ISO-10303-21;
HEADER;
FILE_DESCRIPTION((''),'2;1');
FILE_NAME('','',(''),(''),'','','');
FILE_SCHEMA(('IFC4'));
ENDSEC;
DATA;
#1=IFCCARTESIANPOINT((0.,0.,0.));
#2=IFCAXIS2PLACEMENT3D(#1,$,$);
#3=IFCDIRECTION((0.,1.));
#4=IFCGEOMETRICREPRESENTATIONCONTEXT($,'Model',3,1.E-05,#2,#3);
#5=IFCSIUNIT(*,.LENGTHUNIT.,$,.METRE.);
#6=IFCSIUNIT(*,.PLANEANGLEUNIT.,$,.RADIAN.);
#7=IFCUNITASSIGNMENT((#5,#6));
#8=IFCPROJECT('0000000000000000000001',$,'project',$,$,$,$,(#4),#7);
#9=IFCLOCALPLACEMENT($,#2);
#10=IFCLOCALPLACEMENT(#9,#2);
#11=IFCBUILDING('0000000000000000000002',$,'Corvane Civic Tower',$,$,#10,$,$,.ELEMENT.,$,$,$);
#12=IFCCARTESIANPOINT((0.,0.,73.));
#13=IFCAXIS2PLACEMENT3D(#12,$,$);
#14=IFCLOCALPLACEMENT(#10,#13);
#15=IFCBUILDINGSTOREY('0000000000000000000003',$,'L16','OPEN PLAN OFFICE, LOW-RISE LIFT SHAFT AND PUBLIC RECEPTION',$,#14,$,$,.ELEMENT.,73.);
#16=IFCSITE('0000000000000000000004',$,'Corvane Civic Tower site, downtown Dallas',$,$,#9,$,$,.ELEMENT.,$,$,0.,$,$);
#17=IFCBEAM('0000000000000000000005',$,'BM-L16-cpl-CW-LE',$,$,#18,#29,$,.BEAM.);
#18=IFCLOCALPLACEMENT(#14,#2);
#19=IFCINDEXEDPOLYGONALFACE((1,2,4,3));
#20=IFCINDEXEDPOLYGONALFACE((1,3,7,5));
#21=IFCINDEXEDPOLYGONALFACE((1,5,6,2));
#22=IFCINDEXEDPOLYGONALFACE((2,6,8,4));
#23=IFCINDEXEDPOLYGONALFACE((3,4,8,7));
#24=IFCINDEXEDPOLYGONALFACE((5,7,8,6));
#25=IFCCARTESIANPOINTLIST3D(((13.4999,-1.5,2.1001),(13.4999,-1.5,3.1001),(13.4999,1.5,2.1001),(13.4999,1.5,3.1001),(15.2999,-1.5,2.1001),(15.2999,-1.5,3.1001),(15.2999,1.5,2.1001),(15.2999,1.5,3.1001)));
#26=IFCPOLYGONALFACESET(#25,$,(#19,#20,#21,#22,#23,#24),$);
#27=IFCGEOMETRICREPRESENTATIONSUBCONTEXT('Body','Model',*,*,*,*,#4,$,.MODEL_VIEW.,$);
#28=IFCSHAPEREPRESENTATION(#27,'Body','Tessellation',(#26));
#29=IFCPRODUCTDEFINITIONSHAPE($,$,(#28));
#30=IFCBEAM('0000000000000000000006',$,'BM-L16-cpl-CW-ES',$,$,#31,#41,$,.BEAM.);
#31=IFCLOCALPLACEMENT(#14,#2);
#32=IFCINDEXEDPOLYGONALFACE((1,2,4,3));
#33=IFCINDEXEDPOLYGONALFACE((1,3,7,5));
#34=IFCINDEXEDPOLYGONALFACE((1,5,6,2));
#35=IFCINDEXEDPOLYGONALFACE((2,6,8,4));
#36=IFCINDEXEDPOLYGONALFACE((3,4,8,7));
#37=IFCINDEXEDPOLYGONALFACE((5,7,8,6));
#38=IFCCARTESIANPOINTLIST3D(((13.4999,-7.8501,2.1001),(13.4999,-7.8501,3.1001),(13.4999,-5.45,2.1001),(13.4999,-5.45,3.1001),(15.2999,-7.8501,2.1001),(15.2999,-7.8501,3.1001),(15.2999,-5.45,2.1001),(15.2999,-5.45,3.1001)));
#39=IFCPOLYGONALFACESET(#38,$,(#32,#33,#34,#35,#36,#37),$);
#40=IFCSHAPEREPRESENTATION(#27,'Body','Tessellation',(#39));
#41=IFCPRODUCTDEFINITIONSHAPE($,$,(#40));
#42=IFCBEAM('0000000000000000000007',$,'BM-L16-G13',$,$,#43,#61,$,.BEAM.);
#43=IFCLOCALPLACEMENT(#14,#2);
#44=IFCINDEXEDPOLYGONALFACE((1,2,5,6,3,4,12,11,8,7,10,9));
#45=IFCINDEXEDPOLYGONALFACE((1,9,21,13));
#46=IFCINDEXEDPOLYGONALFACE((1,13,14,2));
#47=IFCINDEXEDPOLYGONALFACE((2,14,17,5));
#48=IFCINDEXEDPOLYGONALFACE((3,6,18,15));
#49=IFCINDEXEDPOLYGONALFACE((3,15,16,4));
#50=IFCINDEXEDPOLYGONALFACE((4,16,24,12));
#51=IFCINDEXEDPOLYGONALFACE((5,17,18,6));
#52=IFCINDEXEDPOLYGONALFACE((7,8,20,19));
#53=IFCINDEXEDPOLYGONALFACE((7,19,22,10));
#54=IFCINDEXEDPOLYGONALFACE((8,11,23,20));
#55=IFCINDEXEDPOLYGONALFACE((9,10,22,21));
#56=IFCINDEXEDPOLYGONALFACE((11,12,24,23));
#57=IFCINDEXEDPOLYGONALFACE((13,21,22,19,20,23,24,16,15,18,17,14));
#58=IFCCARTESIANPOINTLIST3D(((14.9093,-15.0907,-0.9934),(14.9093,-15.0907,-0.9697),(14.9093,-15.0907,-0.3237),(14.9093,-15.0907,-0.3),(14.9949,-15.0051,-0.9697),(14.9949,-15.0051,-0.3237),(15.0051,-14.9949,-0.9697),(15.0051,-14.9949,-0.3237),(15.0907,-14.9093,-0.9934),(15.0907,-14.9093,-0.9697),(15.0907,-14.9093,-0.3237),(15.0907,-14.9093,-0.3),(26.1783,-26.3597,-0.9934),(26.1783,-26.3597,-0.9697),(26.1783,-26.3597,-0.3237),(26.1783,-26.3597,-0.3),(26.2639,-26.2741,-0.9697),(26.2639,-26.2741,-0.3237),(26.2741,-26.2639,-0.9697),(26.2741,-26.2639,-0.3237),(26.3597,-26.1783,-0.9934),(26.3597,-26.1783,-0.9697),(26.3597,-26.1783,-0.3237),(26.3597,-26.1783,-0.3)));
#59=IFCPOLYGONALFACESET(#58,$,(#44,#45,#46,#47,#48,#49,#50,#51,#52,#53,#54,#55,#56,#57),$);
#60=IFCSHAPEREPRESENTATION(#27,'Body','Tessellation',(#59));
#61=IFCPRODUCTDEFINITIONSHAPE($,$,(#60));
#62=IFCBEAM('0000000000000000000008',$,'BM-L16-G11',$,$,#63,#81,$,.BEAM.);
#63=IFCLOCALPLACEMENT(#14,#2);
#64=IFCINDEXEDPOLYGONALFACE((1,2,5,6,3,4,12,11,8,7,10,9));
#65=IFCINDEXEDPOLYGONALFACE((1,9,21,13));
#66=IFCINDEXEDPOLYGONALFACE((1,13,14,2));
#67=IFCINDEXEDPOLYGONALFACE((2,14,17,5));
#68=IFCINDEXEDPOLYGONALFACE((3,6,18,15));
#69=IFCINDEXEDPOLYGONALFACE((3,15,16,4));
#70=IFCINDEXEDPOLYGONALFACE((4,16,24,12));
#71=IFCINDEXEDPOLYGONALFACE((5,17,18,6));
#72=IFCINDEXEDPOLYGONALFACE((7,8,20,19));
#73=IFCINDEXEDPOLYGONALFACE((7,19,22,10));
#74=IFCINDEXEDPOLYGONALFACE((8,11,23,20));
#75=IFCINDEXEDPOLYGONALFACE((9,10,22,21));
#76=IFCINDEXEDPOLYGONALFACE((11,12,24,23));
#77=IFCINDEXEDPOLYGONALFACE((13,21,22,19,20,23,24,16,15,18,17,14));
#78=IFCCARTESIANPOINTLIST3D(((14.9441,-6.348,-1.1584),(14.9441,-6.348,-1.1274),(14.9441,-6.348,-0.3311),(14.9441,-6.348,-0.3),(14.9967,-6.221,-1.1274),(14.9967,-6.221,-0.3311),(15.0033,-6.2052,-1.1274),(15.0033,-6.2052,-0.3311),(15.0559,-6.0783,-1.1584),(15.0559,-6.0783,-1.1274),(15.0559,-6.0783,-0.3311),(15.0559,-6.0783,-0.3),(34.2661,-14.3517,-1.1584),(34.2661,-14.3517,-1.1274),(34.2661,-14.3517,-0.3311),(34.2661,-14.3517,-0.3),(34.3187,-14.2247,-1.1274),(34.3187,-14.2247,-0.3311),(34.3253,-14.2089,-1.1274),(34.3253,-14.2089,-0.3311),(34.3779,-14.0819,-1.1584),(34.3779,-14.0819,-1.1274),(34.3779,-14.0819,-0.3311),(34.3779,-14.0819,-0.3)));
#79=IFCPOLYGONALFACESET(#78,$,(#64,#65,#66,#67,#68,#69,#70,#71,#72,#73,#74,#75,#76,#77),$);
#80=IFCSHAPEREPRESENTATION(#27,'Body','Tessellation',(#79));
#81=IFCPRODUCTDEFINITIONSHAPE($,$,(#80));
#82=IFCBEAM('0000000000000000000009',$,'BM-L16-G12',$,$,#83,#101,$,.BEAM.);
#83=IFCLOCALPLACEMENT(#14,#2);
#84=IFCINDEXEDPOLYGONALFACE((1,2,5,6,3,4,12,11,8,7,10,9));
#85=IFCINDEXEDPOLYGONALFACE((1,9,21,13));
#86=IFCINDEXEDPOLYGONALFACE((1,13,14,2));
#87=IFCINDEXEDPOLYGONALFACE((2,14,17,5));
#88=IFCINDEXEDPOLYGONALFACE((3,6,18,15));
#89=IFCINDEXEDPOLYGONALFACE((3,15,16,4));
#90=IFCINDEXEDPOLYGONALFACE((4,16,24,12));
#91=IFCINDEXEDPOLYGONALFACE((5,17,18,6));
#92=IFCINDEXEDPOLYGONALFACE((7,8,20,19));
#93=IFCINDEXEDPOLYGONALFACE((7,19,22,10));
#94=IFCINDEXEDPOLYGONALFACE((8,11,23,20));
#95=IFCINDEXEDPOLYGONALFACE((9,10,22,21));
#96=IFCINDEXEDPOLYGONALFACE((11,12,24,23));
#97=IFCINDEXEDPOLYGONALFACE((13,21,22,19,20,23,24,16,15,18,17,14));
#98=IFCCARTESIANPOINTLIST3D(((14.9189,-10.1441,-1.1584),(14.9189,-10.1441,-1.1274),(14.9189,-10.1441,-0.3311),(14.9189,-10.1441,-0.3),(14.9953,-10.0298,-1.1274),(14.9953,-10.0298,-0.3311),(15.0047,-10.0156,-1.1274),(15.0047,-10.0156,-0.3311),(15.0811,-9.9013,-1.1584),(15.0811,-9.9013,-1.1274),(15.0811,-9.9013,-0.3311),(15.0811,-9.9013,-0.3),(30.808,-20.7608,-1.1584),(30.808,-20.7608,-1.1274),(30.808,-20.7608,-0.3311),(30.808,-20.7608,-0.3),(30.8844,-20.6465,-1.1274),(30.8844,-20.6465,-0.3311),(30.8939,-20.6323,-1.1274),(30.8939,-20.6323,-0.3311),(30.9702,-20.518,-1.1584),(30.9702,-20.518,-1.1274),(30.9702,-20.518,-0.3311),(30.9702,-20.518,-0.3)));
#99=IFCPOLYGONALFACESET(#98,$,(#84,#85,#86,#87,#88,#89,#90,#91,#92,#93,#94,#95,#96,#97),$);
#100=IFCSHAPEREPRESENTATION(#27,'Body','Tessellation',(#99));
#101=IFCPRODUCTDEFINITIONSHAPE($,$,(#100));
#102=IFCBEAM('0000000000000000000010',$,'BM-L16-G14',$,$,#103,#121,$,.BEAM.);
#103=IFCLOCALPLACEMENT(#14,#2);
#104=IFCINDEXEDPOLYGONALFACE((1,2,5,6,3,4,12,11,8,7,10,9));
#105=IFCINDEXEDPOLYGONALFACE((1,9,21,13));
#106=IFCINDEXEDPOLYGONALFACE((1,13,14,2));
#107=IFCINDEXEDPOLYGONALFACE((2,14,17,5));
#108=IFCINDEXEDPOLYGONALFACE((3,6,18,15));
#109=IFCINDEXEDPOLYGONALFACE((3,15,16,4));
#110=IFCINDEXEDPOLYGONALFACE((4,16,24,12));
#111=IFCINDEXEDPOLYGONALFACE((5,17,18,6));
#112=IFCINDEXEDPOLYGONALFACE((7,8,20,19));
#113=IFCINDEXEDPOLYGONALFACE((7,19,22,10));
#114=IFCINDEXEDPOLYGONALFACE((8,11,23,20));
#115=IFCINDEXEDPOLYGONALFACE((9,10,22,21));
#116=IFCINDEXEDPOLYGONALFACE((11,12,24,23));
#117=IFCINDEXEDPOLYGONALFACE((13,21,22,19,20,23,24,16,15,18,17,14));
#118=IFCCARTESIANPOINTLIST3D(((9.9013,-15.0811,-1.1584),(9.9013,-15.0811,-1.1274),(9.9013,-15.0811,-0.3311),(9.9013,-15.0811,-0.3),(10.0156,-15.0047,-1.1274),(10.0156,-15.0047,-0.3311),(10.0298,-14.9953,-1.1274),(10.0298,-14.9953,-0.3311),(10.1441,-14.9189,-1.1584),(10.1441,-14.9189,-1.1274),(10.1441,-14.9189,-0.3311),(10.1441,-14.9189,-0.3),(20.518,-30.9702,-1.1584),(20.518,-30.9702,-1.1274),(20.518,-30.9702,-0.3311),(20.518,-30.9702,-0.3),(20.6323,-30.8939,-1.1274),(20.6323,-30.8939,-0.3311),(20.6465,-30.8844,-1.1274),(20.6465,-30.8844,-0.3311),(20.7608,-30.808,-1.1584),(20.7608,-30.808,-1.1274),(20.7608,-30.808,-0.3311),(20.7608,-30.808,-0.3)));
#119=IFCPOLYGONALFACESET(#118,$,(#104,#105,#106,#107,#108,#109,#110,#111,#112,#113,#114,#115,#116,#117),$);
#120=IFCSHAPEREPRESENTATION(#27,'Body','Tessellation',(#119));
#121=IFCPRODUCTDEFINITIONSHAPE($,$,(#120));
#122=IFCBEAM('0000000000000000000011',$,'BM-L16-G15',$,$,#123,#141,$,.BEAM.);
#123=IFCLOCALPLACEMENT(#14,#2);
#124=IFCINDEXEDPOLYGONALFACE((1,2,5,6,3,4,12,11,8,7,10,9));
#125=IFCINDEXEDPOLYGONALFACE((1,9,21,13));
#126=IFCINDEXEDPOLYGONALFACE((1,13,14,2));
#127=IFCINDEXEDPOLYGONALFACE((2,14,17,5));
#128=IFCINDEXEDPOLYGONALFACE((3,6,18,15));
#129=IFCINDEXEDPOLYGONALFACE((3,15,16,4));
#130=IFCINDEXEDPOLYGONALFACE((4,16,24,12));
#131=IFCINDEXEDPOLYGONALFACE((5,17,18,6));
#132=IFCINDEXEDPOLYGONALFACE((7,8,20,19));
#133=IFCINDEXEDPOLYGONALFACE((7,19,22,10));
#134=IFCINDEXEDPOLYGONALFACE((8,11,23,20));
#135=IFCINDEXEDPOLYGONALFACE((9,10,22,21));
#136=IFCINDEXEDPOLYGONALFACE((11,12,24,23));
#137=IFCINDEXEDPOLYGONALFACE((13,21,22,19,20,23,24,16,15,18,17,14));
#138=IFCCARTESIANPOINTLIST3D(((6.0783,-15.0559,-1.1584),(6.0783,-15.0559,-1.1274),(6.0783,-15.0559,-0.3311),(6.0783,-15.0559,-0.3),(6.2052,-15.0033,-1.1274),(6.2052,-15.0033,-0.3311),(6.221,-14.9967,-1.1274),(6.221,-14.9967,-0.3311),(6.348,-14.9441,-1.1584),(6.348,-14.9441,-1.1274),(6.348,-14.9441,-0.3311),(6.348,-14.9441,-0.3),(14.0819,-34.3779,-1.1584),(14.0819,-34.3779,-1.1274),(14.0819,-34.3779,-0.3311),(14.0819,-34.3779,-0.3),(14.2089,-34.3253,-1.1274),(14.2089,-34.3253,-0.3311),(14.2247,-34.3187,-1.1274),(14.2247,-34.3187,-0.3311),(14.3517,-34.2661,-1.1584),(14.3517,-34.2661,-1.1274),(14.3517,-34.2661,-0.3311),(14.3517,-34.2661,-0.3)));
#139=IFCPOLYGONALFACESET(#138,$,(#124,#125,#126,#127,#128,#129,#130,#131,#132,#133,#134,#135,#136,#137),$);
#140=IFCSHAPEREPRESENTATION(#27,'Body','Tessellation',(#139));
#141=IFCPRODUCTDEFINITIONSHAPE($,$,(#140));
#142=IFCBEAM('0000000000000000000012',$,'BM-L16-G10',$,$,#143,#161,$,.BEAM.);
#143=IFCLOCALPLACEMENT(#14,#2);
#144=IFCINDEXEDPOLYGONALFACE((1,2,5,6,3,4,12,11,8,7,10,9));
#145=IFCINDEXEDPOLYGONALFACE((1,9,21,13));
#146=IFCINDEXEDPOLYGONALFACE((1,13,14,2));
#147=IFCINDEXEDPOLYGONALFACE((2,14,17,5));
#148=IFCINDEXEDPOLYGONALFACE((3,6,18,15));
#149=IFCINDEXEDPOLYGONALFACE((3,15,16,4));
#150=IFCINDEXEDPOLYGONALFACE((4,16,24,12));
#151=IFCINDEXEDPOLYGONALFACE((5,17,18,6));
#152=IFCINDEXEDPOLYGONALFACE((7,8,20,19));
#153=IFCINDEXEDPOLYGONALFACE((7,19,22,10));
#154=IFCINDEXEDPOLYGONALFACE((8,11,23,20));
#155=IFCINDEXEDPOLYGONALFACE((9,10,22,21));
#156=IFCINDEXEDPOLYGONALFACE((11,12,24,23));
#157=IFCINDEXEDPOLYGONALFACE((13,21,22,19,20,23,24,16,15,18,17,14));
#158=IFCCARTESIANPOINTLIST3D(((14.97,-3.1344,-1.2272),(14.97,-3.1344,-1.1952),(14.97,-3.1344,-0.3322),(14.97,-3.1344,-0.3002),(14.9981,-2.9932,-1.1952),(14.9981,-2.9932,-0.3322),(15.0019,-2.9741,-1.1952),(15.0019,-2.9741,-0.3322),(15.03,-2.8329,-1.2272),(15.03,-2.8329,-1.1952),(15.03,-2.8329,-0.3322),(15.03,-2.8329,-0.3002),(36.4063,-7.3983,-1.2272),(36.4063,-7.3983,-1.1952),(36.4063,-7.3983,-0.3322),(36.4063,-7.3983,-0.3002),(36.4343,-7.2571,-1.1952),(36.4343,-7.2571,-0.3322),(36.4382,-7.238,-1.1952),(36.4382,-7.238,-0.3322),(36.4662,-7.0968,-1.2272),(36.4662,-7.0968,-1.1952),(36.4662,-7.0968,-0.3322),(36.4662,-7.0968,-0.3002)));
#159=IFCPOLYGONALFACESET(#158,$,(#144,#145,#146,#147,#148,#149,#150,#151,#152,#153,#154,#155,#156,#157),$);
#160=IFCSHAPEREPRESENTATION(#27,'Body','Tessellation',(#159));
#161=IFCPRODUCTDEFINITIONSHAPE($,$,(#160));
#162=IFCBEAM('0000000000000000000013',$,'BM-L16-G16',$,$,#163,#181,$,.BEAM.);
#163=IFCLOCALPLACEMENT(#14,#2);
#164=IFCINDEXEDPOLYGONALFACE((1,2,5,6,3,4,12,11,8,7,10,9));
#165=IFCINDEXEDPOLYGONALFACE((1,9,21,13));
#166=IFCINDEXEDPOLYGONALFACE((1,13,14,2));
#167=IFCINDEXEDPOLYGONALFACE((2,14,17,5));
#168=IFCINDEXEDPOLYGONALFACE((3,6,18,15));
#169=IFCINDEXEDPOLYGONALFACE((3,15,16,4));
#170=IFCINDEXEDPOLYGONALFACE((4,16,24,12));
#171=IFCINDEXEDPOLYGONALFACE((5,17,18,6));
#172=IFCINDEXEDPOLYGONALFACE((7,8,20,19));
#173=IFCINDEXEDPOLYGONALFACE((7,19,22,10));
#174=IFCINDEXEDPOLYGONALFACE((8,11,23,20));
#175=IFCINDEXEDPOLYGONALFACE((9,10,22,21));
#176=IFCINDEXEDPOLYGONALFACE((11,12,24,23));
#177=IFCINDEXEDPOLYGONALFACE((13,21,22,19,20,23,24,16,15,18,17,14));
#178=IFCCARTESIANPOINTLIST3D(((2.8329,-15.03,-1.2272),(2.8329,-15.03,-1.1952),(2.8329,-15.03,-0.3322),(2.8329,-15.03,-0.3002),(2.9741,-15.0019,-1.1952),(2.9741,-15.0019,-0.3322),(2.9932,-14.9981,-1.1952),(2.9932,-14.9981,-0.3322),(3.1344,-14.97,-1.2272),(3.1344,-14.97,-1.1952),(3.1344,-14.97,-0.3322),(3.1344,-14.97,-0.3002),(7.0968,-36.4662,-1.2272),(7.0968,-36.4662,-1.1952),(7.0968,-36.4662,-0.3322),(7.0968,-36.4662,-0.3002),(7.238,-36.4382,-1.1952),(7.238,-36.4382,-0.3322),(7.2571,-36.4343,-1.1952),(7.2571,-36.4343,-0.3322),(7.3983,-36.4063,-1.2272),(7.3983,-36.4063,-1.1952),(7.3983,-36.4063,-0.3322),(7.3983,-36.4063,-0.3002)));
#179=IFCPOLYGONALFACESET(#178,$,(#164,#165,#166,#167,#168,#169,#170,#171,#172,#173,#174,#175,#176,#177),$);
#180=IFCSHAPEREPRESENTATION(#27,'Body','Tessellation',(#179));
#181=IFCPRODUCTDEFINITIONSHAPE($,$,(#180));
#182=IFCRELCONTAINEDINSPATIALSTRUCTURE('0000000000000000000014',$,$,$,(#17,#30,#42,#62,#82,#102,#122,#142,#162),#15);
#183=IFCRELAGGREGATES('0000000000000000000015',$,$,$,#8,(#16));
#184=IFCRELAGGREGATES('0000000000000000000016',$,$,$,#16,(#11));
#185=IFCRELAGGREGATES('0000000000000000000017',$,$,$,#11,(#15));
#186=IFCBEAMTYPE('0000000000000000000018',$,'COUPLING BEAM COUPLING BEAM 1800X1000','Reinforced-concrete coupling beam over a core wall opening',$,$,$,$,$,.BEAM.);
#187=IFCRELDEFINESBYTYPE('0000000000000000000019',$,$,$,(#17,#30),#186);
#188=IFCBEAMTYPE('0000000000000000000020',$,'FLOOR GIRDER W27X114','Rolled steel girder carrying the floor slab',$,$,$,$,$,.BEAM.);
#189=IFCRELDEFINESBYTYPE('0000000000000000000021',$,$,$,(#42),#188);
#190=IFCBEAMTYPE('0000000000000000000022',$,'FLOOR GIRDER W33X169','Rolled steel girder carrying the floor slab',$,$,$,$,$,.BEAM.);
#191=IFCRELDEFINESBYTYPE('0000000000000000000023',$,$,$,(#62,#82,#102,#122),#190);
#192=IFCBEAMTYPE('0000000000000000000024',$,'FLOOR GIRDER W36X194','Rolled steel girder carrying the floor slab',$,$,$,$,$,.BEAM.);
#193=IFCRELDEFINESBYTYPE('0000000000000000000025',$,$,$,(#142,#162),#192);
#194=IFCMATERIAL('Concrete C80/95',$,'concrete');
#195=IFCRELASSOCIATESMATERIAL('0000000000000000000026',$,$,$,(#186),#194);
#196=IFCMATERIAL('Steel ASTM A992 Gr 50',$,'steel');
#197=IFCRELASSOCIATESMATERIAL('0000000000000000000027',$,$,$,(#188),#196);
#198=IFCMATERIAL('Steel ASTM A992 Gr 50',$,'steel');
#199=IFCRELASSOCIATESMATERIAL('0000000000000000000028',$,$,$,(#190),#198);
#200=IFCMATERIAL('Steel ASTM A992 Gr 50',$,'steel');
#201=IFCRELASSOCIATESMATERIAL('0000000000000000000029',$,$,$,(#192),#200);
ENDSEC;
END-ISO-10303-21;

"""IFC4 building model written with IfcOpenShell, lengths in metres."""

from ifc_helpers import new_model, si_unit, direction, frame, origin, origin_2d, place, context, subcontext, project, spatial, rectangle, i_section, extrude, material, material_profile, profile_set, type_object, element, save


model = new_model("IFC4")

# Units and contexts
model_context = context("Model", 3, precision=1e-05, world=origin(), true_north=direction((0.0, 1.0)))
body_context = subcontext(model_context, "Body", "Model", "MODEL_VIEW")
ifc_project = project(units=[si_unit("LENGTHUNIT", "METRE"), si_unit("PLANEANGLEUNIT", "RADIAN")], contexts=[model_context])

# Site, building, storey
site_placement = place(None, origin())
site = spatial("IfcSite", under=ifc_project, at=site_placement, Name="Corvane Civic Tower site, downtown Dallas", CompositionType="ELEMENT", RefElevation=0.0)
building_placement = place(site_placement, origin())
building = spatial("IfcBuilding", under=site, at=building_placement, Name="Corvane Civic Tower", CompositionType="ELEMENT")
storey_placement = place(building_placement, frame((0.0, 0.0, 73.0)))
storey = spatial("IfcBuildingStorey", under=building, at=storey_placement, Name="L16", Description="OPEN PLAN OFFICE, LOW-RISE LIFT SHAFT AND PUBLIC RECEPTION", CompositionType="ELEMENT", Elevation=73.0)

# Beams
ifc_material_1 = material(Name="Concrete C80/95", Category="concrete")
ifc_material_profile_1 = material_profile(ifc_material_1, rectangle(XDim=1.8, YDim=1.0, at=origin_2d()), Name="COUPLING BEAM 1800X1000")
ifc_profile_set_1 = profile_set([ifc_material_profile_1], Name="Concrete C80/95")
beam_type_1 = type_object("IfcBeamType", Name="COUPLING BEAM COUPLING BEAM 1800X1000", Description="Reinforced-concrete coupling beam over a core wall opening", PredefinedType="BEAM", material=ifc_profile_set_1)
beam_1_placement = place(storey_placement, frame((14.3999, -1.5, 2.6001), z_axis=(0.0, 1.0, 0.0), x_axis=(-1.0, 0.0, 0.0)))
element("IfcBeam", 1, at=beam_1_placement, inside=storey, type_object=beam_type_1, Name="BM-L16-cpl-CW-LE", PredefinedType="BEAM", context=body_context, shape_type="SweptSolid", body=[
    extrude(rectangle(XDim=1.8, YDim=1.0, at=origin_2d()), origin(), (0.0, 0.0, 1.0), 3.0),
])
beam_2_placement = place(storey_placement, frame((14.3999, -7.8501, 2.6001), z_axis=(0.0, 1.0, 0.0), x_axis=(-1.0, 0.0, 0.0)))
element("IfcBeam", 2, at=beam_2_placement, inside=storey, type_object=beam_type_1, Name="BM-L16-cpl-CW-ES", PredefinedType="BEAM", context=body_context, shape_type="SweptSolid", body=[
    extrude(rectangle(XDim=1.8, YDim=1.0, at=origin_2d()), origin(), (0.0, 0.0, 1.0), 2.4001),
])
ifc_material_2 = material(Name="Steel ASTM A992 Gr 50", Category="steel")
ifc_material_profile_2 = material_profile(ifc_material_2, i_section(OverallWidth=0.2566, OverallDepth=0.6934, WebThickness=0.0144, FlangeThickness=0.0237, at=origin_2d()), Name="W27X114")
ifc_profile_set_2 = profile_set([ifc_material_profile_2], Name="Steel ASTM A992 Gr 50")
beam_type_2 = type_object("IfcBeamType", Name="FLOOR GIRDER W27X114", Description="Rolled steel girder carrying the floor slab", PredefinedType="BEAM", material=ifc_profile_set_2)
beam_3_placement = place(storey_placement, frame((15.0, -15.0, -0.6467), z_axis=(0.707107, -0.707107, 0.0), x_axis=(0.707107, 0.707107, 0.0)))
element("IfcBeam", 3, at=beam_3_placement, inside=storey, type_object=beam_type_2, Name="BM-L16-G13", PredefinedType="BEAM", context=body_context, shape_type="SweptSolid", body=[
    extrude(i_section(OverallWidth=0.2566, OverallDepth=0.6934, WebThickness=0.0144, FlangeThickness=0.0237, at=origin_2d()), origin(), (0.0, 0.0, 1.0), 15.9368),
])
ifc_material_3 = material(Name="Steel ASTM A992 Gr 50", Category="steel")
ifc_material_profile_3 = material_profile(ifc_material_3, i_section(OverallWidth=0.292, OverallDepth=0.8584, WebThickness=0.0171, FlangeThickness=0.031, at=origin_2d()), Name="W33X169")
ifc_profile_set_3 = profile_set([ifc_material_profile_3], Name="Steel ASTM A992 Gr 50")
beam_type_3 = type_object("IfcBeamType", Name="FLOOR GIRDER W33X169", Description="Rolled steel girder carrying the floor slab", PredefinedType="BEAM", material=ifc_profile_set_3)
beam_4_placement = place(storey_placement, frame((15.0, -6.2131, -0.7292), z_axis=(0.923876, -0.382692, 0.0), x_axis=(0.382692, 0.923876, 0.0)))
element("IfcBeam", 4, at=beam_4_placement, inside=storey, type_object=beam_type_3, Name="BM-L16-G11", PredefinedType="BEAM", context=body_context, shape_type="SweptSolid", body=[
    extrude(i_section(OverallWidth=0.292, OverallDepth=0.8584, WebThickness=0.0171, FlangeThickness=0.031, at=origin_2d()), origin(), (0.0, 0.0, 1.0), 20.9141),
])
for number, where, z_axis, x_axis, name in (
    (5, (15.0, -10.0227, -0.7292), (0.831472, -0.555567, 0.0), (0.555567, 0.831472, 0.0), "BM-L16-G12"),
    (6, (10.0227, -15.0, -0.7292), (0.555567, -0.831472, 0.0), (0.831472, 0.555567, 0.0), "BM-L16-G14"),
):
    element("IfcBeam", number, at=place(storey_placement, frame(where, z_axis=z_axis, x_axis=x_axis)), inside=storey, type_object=beam_type_3, Name=name, PredefinedType="BEAM", context=body_context, shape_type="SweptSolid", body=[
        extrude(i_section(OverallWidth=0.292, OverallDepth=0.8584, WebThickness=0.0171, FlangeThickness=0.031, at=origin_2d()), origin(), (0.0, 0.0, 1.0), 19.1096),
    ])
beam_5_placement = place(storey_placement, frame((6.2131, -15.0, -0.7292), z_axis=(0.382692, -0.923876, 0.0), x_axis=(0.923876, 0.382692, 0.0)))
element("IfcBeam", 7, at=beam_5_placement, inside=storey, type_object=beam_type_3, Name="BM-L16-G15", PredefinedType="BEAM", context=body_context, shape_type="SweptSolid", body=[
    extrude(i_section(OverallWidth=0.292, OverallDepth=0.8584, WebThickness=0.0171, FlangeThickness=0.031, at=origin_2d()), origin(), (0.0, 0.0, 1.0), 20.9141),
])
ifc_material_4 = material(Name="Steel ASTM A992 Gr 50", Category="steel")
ifc_material_profile_4 = material_profile(ifc_material_4, i_section(OverallWidth=0.3074, OverallDepth=0.927, WebThickness=0.0195, FlangeThickness=0.032, at=origin_2d()), Name="W36X194")
ifc_profile_set_4 = profile_set([ifc_material_profile_4], Name="Steel ASTM A992 Gr 50")
beam_type_4 = type_object("IfcBeamType", Name="FLOOR GIRDER W36X194", Description="Rolled steel girder carrying the floor slab", PredefinedType="BEAM", material=ifc_profile_set_4)
for number, where, z_axis, x_axis, name in (
    (8, (15.0, -2.9836, -0.7637), (0.980785, -0.195089, 0.0), (0.195089, 0.980785, 0.0), "BM-L16-G10"),
    (9, (2.9836, -15.0, -0.7637), (0.195089, -0.980785, 0.0), (0.980785, 0.195089, 0.0), "BM-L16-G16"),
):
    element("IfcBeam", number, at=place(storey_placement, frame(where, z_axis=z_axis, x_axis=x_axis)), inside=storey, type_object=beam_type_4, Name=name, PredefinedType="BEAM", context=body_context, shape_type="SweptSolid", body=[
        extrude(i_section(OverallWidth=0.3074, OverallDepth=0.927, WebThickness=0.0195, FlangeThickness=0.032, at=origin_2d()), origin(), (0.0, 0.0, 1.0), 21.8562),
    ])

save(model, "model.ifc")
